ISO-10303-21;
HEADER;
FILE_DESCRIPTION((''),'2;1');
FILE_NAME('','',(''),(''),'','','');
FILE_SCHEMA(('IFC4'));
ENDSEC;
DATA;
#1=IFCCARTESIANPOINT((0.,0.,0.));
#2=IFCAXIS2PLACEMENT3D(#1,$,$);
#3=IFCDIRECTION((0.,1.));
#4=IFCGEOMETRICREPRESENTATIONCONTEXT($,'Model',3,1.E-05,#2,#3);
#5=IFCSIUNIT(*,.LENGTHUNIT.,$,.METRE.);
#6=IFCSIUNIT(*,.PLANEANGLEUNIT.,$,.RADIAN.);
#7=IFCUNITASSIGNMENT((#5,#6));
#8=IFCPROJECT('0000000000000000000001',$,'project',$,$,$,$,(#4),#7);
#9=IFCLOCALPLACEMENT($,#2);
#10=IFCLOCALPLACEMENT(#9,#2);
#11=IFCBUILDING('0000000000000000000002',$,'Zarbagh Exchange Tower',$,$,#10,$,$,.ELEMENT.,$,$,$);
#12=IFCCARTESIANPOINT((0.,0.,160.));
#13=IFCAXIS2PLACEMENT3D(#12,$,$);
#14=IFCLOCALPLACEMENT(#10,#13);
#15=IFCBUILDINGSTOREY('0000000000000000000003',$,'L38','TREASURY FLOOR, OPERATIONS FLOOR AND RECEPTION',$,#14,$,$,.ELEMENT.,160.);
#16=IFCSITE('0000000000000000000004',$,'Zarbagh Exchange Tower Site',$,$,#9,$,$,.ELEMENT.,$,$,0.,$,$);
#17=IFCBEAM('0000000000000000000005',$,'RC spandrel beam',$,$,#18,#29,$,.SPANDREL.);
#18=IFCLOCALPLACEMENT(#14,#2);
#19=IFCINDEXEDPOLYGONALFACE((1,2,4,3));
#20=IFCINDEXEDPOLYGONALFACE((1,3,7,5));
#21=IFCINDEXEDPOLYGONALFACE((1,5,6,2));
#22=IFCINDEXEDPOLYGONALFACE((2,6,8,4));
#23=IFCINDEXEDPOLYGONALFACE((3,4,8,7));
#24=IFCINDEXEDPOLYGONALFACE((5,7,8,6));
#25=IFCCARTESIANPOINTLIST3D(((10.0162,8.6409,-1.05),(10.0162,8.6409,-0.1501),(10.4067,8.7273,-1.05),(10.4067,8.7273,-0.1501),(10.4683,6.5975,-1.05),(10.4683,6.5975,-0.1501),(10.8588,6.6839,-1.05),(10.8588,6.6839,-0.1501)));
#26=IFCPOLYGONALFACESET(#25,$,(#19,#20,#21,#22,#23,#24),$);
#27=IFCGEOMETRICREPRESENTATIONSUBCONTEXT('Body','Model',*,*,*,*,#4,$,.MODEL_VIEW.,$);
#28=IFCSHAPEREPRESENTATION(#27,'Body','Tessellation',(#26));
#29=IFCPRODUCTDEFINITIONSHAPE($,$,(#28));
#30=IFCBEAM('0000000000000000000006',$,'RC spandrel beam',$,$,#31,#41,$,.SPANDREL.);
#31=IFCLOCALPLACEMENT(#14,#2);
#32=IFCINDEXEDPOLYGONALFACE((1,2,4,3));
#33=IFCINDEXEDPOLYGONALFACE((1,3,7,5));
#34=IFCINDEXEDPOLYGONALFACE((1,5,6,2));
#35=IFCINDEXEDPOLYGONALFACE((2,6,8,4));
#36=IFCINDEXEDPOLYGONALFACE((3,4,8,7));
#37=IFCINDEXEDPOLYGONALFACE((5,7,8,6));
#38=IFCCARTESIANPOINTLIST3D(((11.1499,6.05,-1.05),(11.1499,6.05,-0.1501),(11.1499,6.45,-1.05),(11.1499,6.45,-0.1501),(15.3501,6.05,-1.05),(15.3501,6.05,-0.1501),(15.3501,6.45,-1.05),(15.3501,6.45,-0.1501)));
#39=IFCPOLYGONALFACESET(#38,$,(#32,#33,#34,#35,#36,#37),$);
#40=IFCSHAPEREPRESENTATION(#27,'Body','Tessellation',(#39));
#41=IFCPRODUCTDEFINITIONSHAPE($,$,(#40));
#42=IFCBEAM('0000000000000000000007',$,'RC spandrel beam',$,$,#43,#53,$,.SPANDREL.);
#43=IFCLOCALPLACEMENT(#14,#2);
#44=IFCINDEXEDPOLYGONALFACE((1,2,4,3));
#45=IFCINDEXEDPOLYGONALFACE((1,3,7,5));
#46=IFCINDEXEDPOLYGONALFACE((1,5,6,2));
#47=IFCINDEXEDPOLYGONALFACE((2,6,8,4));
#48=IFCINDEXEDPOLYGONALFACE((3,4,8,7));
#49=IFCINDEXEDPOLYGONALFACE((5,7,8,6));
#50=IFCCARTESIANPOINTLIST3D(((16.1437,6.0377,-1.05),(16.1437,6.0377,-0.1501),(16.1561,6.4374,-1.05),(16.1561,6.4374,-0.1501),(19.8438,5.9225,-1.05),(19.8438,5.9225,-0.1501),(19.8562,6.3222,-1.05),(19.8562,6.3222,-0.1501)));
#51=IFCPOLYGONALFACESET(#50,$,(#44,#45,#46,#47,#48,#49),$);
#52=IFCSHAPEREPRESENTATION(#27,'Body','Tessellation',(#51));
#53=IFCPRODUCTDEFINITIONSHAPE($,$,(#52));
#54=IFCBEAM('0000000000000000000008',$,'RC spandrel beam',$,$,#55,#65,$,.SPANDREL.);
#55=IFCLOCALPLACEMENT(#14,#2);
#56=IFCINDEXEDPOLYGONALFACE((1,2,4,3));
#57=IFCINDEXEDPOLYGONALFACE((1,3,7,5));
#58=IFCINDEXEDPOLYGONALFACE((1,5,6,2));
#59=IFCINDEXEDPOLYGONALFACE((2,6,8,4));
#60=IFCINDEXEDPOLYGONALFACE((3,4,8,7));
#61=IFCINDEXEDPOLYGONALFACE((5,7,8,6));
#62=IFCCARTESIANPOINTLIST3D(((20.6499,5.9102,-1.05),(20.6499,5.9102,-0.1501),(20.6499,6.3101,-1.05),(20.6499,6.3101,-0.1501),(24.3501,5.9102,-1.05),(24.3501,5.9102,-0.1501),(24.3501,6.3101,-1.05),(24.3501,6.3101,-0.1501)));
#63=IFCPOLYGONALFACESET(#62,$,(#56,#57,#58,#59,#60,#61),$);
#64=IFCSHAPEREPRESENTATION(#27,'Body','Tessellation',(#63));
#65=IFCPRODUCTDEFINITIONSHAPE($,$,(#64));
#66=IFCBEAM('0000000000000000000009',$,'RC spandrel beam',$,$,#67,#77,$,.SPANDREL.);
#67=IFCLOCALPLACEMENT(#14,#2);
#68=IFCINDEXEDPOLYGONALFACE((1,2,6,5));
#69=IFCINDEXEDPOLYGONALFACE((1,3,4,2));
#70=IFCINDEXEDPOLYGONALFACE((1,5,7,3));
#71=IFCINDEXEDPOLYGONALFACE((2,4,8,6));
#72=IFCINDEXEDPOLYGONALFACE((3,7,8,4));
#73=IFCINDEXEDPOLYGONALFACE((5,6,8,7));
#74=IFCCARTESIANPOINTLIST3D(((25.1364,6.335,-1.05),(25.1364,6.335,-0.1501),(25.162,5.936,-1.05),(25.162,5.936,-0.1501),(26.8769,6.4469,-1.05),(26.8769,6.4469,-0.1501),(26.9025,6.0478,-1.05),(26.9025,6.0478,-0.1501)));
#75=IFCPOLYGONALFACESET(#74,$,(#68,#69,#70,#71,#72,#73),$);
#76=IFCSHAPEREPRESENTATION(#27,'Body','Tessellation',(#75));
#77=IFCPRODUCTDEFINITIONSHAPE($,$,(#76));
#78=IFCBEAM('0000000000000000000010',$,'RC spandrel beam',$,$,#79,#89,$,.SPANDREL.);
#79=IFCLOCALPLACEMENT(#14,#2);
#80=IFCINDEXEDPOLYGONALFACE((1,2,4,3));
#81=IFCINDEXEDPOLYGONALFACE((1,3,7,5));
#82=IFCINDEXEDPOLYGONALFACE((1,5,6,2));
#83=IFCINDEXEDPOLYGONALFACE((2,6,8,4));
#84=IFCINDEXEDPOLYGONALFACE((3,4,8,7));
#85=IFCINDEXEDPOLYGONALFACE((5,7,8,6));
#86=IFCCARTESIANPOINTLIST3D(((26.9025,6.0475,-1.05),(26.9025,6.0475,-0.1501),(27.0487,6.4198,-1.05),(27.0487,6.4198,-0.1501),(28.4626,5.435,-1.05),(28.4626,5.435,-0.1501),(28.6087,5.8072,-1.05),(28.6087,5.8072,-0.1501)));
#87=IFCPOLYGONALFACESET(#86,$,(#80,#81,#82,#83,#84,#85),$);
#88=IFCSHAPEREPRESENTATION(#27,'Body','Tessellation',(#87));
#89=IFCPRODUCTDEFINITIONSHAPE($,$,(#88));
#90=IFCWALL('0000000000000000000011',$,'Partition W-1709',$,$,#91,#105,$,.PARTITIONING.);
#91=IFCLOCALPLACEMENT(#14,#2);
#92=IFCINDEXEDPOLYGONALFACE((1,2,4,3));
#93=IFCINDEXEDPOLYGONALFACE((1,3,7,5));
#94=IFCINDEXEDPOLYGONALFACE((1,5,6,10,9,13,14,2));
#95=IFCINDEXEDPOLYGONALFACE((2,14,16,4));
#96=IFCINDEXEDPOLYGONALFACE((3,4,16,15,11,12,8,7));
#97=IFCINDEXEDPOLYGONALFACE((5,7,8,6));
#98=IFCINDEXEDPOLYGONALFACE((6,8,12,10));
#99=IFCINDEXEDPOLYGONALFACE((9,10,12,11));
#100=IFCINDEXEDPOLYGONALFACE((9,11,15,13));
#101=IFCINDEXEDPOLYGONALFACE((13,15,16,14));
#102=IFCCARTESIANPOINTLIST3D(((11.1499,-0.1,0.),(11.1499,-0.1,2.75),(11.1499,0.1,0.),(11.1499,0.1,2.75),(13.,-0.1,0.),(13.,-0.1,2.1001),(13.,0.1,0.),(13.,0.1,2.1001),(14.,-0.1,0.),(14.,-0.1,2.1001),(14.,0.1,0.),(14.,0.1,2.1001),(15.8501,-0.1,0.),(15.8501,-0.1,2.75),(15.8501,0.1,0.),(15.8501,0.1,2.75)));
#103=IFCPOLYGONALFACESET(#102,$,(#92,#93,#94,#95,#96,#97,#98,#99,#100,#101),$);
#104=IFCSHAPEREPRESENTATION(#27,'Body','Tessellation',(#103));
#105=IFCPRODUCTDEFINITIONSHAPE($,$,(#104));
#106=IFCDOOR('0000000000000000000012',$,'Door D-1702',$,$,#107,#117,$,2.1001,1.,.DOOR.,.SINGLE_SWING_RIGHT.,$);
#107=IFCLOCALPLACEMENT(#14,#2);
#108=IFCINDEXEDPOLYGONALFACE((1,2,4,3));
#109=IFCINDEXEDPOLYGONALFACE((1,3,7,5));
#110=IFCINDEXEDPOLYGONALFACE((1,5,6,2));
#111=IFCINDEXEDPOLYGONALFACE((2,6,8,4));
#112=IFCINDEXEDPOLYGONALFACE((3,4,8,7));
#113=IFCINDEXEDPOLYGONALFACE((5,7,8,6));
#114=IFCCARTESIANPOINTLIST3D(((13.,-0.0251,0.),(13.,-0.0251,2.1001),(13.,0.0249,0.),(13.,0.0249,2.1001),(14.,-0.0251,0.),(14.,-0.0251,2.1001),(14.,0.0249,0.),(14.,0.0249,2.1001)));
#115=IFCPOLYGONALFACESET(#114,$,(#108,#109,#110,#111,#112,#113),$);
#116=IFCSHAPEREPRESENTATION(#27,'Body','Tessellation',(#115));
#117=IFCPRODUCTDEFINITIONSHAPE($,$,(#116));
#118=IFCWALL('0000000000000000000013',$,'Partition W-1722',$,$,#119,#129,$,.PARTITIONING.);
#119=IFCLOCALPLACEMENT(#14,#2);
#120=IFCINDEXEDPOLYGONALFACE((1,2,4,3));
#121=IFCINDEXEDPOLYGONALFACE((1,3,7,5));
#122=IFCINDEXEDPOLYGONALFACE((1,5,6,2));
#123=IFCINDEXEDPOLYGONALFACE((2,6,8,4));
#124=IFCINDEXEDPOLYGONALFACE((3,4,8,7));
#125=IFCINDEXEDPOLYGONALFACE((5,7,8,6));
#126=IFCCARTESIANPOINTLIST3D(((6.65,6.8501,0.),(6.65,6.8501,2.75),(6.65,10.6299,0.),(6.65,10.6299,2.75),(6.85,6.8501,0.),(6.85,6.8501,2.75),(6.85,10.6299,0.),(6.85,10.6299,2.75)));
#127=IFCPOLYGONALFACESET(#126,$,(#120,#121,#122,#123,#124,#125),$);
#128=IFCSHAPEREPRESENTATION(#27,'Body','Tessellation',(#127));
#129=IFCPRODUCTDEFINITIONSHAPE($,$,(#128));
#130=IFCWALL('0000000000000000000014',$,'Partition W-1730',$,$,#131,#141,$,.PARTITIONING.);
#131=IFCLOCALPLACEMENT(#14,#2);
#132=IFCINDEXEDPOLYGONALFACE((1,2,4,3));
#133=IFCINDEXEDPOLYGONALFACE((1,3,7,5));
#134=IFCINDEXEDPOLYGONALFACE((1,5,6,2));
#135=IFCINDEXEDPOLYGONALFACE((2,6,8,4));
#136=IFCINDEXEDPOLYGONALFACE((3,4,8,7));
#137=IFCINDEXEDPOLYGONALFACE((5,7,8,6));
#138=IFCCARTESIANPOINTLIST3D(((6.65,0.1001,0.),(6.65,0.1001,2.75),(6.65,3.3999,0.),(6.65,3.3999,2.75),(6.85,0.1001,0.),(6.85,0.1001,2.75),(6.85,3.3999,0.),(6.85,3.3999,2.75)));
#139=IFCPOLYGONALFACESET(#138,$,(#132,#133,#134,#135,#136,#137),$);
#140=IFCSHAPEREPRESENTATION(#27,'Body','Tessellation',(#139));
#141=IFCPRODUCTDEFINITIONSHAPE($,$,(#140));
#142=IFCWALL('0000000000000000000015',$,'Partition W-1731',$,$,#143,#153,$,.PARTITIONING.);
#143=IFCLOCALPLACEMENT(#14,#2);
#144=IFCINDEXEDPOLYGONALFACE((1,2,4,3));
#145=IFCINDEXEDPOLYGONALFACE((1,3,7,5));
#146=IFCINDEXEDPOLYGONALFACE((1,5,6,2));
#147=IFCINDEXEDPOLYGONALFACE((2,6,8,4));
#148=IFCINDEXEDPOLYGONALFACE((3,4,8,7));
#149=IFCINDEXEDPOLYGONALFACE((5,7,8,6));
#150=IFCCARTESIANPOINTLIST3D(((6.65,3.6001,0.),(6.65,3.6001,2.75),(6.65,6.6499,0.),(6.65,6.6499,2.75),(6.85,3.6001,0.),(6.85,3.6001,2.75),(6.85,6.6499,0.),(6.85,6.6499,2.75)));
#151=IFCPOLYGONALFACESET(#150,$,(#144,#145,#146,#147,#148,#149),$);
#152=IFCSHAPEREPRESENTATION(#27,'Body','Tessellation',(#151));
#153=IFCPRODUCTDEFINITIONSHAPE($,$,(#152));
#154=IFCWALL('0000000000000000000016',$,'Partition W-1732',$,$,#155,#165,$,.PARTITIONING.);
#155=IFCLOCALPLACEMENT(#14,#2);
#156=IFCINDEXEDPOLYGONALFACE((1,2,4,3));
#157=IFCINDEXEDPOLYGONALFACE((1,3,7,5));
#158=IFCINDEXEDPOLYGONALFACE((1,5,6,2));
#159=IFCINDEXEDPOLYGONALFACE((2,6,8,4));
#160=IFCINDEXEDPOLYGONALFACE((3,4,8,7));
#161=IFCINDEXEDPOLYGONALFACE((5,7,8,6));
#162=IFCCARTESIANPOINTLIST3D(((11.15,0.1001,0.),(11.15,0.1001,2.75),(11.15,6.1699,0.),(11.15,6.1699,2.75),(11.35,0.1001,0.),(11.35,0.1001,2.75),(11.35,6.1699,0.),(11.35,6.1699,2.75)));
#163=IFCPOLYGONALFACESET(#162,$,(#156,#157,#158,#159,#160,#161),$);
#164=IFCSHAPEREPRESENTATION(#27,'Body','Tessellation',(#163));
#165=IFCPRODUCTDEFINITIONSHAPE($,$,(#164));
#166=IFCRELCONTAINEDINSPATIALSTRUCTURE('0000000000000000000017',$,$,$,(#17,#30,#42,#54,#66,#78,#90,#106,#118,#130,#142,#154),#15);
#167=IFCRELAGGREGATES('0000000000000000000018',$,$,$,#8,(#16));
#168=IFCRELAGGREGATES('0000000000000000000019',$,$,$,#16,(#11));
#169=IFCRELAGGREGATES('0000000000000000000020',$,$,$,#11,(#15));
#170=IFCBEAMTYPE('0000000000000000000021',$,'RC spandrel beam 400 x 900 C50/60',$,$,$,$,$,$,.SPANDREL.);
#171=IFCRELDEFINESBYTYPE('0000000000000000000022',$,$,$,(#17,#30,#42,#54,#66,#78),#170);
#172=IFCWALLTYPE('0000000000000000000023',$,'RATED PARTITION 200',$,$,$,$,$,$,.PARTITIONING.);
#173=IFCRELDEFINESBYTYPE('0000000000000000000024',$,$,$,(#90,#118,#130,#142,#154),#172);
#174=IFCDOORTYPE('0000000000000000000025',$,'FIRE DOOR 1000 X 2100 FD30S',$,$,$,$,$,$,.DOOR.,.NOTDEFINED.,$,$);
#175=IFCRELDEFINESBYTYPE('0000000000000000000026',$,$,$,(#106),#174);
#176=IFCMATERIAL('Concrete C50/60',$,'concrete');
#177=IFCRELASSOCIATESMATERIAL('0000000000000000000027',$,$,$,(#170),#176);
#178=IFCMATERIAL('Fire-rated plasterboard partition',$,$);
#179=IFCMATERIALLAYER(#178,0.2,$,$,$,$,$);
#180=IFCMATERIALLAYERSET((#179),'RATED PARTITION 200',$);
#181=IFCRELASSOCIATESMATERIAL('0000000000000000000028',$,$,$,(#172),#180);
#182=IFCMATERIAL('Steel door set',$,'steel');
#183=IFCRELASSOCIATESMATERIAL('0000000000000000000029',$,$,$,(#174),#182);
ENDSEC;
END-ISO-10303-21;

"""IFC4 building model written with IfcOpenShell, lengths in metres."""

from ifc_helpers import new_model, si_unit, direction, frame, frame_2d, origin, origin_2d, place, context, subcontext, project, spatial, rectangle, extrude, material, layer, layer_set, material_profile, profile_set, type_object, element, fill, save


model = new_model("IFC4")

# Units and contexts
model_context = context("Model", 3, precision=1e-05, world=origin(), true_north=direction((0.0, 1.0)))
body_context = subcontext(model_context, "Body", "Model", "MODEL_VIEW")
ifc_project = project(units=[si_unit("LENGTHUNIT", "METRE"), si_unit("PLANEANGLEUNIT", "RADIAN")], contexts=[model_context])

# Site, building, storey
site_placement = place(None, origin())
site = spatial("IfcSite", under=ifc_project, at=site_placement, Name="Zarbagh Exchange Tower Site", CompositionType="ELEMENT", RefElevation=0.0)
building_placement = place(site_placement, origin())
building = spatial("IfcBuilding", under=site, at=building_placement, Name="Zarbagh Exchange Tower", CompositionType="ELEMENT")
storey_placement = place(building_placement, frame((0.0, 0.0, 160.0)))
storey = spatial("IfcBuildingStorey", under=building, at=storey_placement, Name="L38", Description="TREASURY FLOOR, OPERATIONS FLOOR AND RECEPTION", CompositionType="ELEMENT", Elevation=160.0)

# Shared definitions
ifc_material_1 = material(Name="Concrete C50/60", Category="concrete")

# Beams
ifc_material_profile_1 = material_profile(ifc_material_1, rectangle(XDim=0.3999, YDim=0.8999, at=origin_2d()), Name="RC spandrel beam 400 x 900 C50/60")
ifc_profile_set_1 = profile_set([ifc_material_profile_1], Name="Concrete C50/60")
beam_type_1 = type_object("IfcBeamType", Name="RC spandrel beam 400 x 900 C50/60", PredefinedType="SPANDREL", material=ifc_profile_set_1)
beam_1_placement = place(storey_placement, frame((10.2114, 8.6841, -0.6001), z_axis=(0.216041, -0.976384, 0.0), x_axis=(0.976384, 0.216041, 0.0)))
element("IfcBeam", 1, at=beam_1_placement, inside=storey, type_object=beam_type_1, Name="RC spandrel beam", PredefinedType="SPANDREL", context=body_context, shape_type="SweptSolid", body=[
    extrude(rectangle(XDim=0.3999, YDim=0.8999, at=origin_2d()), origin(), (0.0, 0.0, 1.0), 2.0928),
])
beam_2_placement = place(storey_placement, frame((11.1499, 6.25, -0.6001), z_axis=(1.0, 0.0, 0.0), x_axis=(0.0, 1.0, 0.0)))
element("IfcBeam", 2, at=beam_2_placement, inside=storey, type_object=beam_type_1, Name="RC spandrel beam", PredefinedType="SPANDREL", context=body_context, shape_type="SweptSolid", body=[
    extrude(rectangle(XDim=0.3999, YDim=0.8999, at=origin_2d()), origin(), (0.0, 0.0, 1.0), 4.2002),
])
beam_3_placement = place(storey_placement, frame((16.1499, 6.2375, -0.6001), z_axis=(0.999515, -0.031128, 0.0), x_axis=(0.031128, 0.999515, 0.0)))
element("IfcBeam", 3, at=beam_3_placement, inside=storey, type_object=beam_type_1, Name="RC spandrel beam", PredefinedType="SPANDREL", context=body_context, shape_type="SweptSolid", body=[
    extrude(rectangle(XDim=0.3999, YDim=0.8999, at=origin_2d()), origin(), (0.0, 0.0, 1.0), 3.7019),
])
beam_4_placement = place(storey_placement, frame((20.6499, 6.1101, -0.6001), z_axis=(1.0, 0.0, 0.0), x_axis=(0.0, 1.0, 0.0)))
element("IfcBeam", 4, at=beam_4_placement, inside=storey, type_object=beam_type_1, Name="RC spandrel beam", PredefinedType="SPANDREL", context=body_context, shape_type="SweptSolid", body=[
    extrude(rectangle(XDim=0.3999, YDim=0.8999, at=origin_2d()), origin(), (0.0, 0.0, 1.0), 3.7002),
])
beam_5_placement = place(storey_placement, frame((25.1492, 6.1355, -0.6001), z_axis=(0.997943, 0.064112, 0.0), x_axis=(-0.064112, 0.997943, 0.0)))
element("IfcBeam", 5, at=beam_5_placement, inside=storey, type_object=beam_type_1, Name="RC spandrel beam", PredefinedType="SPANDREL", context=body_context, shape_type="SweptSolid", body=[
    extrude(rectangle(XDim=0.3999, YDim=0.8999, at=origin_2d()), origin(), (0.0, 0.0, 1.0), 1.7441),
])
beam_6_placement = place(storey_placement, frame((26.9756, 6.2336, -0.6001), z_axis=(0.930819, -0.365481, 0.0), x_axis=(0.365481, 0.930819, 0.0)))
element("IfcBeam", 6, at=beam_6_placement, inside=storey, type_object=beam_type_1, Name="RC spandrel beam", PredefinedType="SPANDREL", context=body_context, shape_type="SweptSolid", body=[
    extrude(rectangle(XDim=0.3999, YDim=0.8999, at=origin_2d()), origin(), (0.0, 0.0, 1.0), 1.676),
])

# Wall, opening, door
ifc_material_2 = material(Name="Fire-rated plasterboard partition")
ifc_layer = layer(ifc_material_2, 0.2)
ifc_layer_set = layer_set([ifc_layer], Name="RATED PARTITION 200")
wall_type = type_object("IfcWallType", Name="RATED PARTITION 200", PredefinedType="PARTITIONING", material=ifc_layer_set)
wall_1_placement = place(storey_placement, frame((11.1499, 0.0, 0.0), z_axis=(0.0, 0.0, 1.0), x_axis=(1.0, 0.0, 0.0)))
wall_1 = element("IfcWall", 7, at=wall_1_placement, inside=storey, type_object=wall_type, Name="Partition W-1709", PredefinedType="PARTITIONING", context=body_context, shape_type="SweptSolid", body=[
    extrude(rectangle(XDim=4.7002, YDim=0.2, at=frame_2d((2.3501, 0.0))), origin(), (0.0, 0.0, 1.0), 2.75),
])
opening_1_placement = place(wall_1_placement, frame((1.8501, 0.0, 0.0)))
opening_1 = element("IfcOpeningElement", 8, at=opening_1_placement, cuts=wall_1, PredefinedType="OPENING", context=body_context, shape_type="SweptSolid", body=[
    extrude(rectangle(XDim=1.0, YDim=2.1001, at=frame_2d((0.5, 1.05))), frame((0.0, 0.1099, 0.0), z_axis=(0.0, -1.0, 0.0), x_axis=(1.0, 0.0, 0.0)), (0.0, 0.0, 1.0), 0.22),
])
ifc_material_3 = material(Name="Steel door set", Category="steel")
door_type_1 = type_object("IfcDoorType", Name="FIRE DOOR 1000 X 2100 FD30S", OperationType="NOTDEFINED", PredefinedType="DOOR", material=ifc_material_3)
door_1_placement = place(opening_1_placement, origin())
door_1 = element("IfcDoor", 9, at=door_1_placement, inside=storey, type_object=door_type_1, Name="Door D-1702", OperationType="SINGLE_SWING_RIGHT", OverallHeight=2.1001, OverallWidth=1.0, PredefinedType="DOOR", context=body_context, shape_type="SweptSolid", body=[
    extrude(rectangle(XDim=1.0, YDim=2.1001, at=frame_2d((0.5, 1.05))), frame((0.0, 0.0249, 0.0), z_axis=(0.0, -1.0, 0.0), x_axis=(1.0, 0.0, 0.0)), (0.0, 0.0, 1.0), 0.05),
])
fill(opening_1, door_1)

# Walls
wall_2_placement = place(storey_placement, frame((6.75, 6.8501, 0.0), z_axis=(0.0, 0.0, 1.0), x_axis=(0.0, 1.0, 0.0)))
element("IfcWall", 10, at=wall_2_placement, inside=storey, type_object=wall_type, Name="Partition W-1722", PredefinedType="PARTITIONING", context=body_context, shape_type="SweptSolid", body=[
    extrude(rectangle(XDim=3.7798, YDim=0.2, at=frame_2d((1.8899, 0.0))), origin(), (0.0, 0.0, 1.0), 2.75),
])
wall_3_placement = place(storey_placement, frame((6.75, 0.1001, 0.0), z_axis=(0.0, 0.0, 1.0), x_axis=(0.0, 1.0, 0.0)))
element("IfcWall", 11, at=wall_3_placement, inside=storey, type_object=wall_type, Name="Partition W-1730", PredefinedType="PARTITIONING", context=body_context, shape_type="SweptSolid", body=[
    extrude(rectangle(XDim=3.2998, YDim=0.2, at=frame_2d((1.6499, 0.0))), origin(), (0.0, 0.0, 1.0), 2.75),
])
wall_4_placement = place(storey_placement, frame((6.75, 3.6001, 0.0), z_axis=(0.0, 0.0, 1.0), x_axis=(0.0, 1.0, 0.0)))
element("IfcWall", 12, at=wall_4_placement, inside=storey, type_object=wall_type, Name="Partition W-1731", PredefinedType="PARTITIONING", context=body_context, shape_type="SweptSolid", body=[
    extrude(rectangle(XDim=3.0498, YDim=0.2, at=frame_2d((1.5249, 0.0))), origin(), (0.0, 0.0, 1.0), 2.75),
])
wall_5_placement = place(storey_placement, frame((11.25, 0.1001, 0.0), z_axis=(0.0, 0.0, 1.0), x_axis=(0.0, 1.0, 0.0)))
element("IfcWall", 13, at=wall_5_placement, inside=storey, type_object=wall_type, Name="Partition W-1732", PredefinedType="PARTITIONING", context=body_context, shape_type="SweptSolid", body=[
    extrude(rectangle(XDim=6.0698, YDim=0.2, at=frame_2d((3.0349, 0.0))), origin(), (0.0, 0.0, 1.0), 2.75),
])

save(model, "model.ifc")
